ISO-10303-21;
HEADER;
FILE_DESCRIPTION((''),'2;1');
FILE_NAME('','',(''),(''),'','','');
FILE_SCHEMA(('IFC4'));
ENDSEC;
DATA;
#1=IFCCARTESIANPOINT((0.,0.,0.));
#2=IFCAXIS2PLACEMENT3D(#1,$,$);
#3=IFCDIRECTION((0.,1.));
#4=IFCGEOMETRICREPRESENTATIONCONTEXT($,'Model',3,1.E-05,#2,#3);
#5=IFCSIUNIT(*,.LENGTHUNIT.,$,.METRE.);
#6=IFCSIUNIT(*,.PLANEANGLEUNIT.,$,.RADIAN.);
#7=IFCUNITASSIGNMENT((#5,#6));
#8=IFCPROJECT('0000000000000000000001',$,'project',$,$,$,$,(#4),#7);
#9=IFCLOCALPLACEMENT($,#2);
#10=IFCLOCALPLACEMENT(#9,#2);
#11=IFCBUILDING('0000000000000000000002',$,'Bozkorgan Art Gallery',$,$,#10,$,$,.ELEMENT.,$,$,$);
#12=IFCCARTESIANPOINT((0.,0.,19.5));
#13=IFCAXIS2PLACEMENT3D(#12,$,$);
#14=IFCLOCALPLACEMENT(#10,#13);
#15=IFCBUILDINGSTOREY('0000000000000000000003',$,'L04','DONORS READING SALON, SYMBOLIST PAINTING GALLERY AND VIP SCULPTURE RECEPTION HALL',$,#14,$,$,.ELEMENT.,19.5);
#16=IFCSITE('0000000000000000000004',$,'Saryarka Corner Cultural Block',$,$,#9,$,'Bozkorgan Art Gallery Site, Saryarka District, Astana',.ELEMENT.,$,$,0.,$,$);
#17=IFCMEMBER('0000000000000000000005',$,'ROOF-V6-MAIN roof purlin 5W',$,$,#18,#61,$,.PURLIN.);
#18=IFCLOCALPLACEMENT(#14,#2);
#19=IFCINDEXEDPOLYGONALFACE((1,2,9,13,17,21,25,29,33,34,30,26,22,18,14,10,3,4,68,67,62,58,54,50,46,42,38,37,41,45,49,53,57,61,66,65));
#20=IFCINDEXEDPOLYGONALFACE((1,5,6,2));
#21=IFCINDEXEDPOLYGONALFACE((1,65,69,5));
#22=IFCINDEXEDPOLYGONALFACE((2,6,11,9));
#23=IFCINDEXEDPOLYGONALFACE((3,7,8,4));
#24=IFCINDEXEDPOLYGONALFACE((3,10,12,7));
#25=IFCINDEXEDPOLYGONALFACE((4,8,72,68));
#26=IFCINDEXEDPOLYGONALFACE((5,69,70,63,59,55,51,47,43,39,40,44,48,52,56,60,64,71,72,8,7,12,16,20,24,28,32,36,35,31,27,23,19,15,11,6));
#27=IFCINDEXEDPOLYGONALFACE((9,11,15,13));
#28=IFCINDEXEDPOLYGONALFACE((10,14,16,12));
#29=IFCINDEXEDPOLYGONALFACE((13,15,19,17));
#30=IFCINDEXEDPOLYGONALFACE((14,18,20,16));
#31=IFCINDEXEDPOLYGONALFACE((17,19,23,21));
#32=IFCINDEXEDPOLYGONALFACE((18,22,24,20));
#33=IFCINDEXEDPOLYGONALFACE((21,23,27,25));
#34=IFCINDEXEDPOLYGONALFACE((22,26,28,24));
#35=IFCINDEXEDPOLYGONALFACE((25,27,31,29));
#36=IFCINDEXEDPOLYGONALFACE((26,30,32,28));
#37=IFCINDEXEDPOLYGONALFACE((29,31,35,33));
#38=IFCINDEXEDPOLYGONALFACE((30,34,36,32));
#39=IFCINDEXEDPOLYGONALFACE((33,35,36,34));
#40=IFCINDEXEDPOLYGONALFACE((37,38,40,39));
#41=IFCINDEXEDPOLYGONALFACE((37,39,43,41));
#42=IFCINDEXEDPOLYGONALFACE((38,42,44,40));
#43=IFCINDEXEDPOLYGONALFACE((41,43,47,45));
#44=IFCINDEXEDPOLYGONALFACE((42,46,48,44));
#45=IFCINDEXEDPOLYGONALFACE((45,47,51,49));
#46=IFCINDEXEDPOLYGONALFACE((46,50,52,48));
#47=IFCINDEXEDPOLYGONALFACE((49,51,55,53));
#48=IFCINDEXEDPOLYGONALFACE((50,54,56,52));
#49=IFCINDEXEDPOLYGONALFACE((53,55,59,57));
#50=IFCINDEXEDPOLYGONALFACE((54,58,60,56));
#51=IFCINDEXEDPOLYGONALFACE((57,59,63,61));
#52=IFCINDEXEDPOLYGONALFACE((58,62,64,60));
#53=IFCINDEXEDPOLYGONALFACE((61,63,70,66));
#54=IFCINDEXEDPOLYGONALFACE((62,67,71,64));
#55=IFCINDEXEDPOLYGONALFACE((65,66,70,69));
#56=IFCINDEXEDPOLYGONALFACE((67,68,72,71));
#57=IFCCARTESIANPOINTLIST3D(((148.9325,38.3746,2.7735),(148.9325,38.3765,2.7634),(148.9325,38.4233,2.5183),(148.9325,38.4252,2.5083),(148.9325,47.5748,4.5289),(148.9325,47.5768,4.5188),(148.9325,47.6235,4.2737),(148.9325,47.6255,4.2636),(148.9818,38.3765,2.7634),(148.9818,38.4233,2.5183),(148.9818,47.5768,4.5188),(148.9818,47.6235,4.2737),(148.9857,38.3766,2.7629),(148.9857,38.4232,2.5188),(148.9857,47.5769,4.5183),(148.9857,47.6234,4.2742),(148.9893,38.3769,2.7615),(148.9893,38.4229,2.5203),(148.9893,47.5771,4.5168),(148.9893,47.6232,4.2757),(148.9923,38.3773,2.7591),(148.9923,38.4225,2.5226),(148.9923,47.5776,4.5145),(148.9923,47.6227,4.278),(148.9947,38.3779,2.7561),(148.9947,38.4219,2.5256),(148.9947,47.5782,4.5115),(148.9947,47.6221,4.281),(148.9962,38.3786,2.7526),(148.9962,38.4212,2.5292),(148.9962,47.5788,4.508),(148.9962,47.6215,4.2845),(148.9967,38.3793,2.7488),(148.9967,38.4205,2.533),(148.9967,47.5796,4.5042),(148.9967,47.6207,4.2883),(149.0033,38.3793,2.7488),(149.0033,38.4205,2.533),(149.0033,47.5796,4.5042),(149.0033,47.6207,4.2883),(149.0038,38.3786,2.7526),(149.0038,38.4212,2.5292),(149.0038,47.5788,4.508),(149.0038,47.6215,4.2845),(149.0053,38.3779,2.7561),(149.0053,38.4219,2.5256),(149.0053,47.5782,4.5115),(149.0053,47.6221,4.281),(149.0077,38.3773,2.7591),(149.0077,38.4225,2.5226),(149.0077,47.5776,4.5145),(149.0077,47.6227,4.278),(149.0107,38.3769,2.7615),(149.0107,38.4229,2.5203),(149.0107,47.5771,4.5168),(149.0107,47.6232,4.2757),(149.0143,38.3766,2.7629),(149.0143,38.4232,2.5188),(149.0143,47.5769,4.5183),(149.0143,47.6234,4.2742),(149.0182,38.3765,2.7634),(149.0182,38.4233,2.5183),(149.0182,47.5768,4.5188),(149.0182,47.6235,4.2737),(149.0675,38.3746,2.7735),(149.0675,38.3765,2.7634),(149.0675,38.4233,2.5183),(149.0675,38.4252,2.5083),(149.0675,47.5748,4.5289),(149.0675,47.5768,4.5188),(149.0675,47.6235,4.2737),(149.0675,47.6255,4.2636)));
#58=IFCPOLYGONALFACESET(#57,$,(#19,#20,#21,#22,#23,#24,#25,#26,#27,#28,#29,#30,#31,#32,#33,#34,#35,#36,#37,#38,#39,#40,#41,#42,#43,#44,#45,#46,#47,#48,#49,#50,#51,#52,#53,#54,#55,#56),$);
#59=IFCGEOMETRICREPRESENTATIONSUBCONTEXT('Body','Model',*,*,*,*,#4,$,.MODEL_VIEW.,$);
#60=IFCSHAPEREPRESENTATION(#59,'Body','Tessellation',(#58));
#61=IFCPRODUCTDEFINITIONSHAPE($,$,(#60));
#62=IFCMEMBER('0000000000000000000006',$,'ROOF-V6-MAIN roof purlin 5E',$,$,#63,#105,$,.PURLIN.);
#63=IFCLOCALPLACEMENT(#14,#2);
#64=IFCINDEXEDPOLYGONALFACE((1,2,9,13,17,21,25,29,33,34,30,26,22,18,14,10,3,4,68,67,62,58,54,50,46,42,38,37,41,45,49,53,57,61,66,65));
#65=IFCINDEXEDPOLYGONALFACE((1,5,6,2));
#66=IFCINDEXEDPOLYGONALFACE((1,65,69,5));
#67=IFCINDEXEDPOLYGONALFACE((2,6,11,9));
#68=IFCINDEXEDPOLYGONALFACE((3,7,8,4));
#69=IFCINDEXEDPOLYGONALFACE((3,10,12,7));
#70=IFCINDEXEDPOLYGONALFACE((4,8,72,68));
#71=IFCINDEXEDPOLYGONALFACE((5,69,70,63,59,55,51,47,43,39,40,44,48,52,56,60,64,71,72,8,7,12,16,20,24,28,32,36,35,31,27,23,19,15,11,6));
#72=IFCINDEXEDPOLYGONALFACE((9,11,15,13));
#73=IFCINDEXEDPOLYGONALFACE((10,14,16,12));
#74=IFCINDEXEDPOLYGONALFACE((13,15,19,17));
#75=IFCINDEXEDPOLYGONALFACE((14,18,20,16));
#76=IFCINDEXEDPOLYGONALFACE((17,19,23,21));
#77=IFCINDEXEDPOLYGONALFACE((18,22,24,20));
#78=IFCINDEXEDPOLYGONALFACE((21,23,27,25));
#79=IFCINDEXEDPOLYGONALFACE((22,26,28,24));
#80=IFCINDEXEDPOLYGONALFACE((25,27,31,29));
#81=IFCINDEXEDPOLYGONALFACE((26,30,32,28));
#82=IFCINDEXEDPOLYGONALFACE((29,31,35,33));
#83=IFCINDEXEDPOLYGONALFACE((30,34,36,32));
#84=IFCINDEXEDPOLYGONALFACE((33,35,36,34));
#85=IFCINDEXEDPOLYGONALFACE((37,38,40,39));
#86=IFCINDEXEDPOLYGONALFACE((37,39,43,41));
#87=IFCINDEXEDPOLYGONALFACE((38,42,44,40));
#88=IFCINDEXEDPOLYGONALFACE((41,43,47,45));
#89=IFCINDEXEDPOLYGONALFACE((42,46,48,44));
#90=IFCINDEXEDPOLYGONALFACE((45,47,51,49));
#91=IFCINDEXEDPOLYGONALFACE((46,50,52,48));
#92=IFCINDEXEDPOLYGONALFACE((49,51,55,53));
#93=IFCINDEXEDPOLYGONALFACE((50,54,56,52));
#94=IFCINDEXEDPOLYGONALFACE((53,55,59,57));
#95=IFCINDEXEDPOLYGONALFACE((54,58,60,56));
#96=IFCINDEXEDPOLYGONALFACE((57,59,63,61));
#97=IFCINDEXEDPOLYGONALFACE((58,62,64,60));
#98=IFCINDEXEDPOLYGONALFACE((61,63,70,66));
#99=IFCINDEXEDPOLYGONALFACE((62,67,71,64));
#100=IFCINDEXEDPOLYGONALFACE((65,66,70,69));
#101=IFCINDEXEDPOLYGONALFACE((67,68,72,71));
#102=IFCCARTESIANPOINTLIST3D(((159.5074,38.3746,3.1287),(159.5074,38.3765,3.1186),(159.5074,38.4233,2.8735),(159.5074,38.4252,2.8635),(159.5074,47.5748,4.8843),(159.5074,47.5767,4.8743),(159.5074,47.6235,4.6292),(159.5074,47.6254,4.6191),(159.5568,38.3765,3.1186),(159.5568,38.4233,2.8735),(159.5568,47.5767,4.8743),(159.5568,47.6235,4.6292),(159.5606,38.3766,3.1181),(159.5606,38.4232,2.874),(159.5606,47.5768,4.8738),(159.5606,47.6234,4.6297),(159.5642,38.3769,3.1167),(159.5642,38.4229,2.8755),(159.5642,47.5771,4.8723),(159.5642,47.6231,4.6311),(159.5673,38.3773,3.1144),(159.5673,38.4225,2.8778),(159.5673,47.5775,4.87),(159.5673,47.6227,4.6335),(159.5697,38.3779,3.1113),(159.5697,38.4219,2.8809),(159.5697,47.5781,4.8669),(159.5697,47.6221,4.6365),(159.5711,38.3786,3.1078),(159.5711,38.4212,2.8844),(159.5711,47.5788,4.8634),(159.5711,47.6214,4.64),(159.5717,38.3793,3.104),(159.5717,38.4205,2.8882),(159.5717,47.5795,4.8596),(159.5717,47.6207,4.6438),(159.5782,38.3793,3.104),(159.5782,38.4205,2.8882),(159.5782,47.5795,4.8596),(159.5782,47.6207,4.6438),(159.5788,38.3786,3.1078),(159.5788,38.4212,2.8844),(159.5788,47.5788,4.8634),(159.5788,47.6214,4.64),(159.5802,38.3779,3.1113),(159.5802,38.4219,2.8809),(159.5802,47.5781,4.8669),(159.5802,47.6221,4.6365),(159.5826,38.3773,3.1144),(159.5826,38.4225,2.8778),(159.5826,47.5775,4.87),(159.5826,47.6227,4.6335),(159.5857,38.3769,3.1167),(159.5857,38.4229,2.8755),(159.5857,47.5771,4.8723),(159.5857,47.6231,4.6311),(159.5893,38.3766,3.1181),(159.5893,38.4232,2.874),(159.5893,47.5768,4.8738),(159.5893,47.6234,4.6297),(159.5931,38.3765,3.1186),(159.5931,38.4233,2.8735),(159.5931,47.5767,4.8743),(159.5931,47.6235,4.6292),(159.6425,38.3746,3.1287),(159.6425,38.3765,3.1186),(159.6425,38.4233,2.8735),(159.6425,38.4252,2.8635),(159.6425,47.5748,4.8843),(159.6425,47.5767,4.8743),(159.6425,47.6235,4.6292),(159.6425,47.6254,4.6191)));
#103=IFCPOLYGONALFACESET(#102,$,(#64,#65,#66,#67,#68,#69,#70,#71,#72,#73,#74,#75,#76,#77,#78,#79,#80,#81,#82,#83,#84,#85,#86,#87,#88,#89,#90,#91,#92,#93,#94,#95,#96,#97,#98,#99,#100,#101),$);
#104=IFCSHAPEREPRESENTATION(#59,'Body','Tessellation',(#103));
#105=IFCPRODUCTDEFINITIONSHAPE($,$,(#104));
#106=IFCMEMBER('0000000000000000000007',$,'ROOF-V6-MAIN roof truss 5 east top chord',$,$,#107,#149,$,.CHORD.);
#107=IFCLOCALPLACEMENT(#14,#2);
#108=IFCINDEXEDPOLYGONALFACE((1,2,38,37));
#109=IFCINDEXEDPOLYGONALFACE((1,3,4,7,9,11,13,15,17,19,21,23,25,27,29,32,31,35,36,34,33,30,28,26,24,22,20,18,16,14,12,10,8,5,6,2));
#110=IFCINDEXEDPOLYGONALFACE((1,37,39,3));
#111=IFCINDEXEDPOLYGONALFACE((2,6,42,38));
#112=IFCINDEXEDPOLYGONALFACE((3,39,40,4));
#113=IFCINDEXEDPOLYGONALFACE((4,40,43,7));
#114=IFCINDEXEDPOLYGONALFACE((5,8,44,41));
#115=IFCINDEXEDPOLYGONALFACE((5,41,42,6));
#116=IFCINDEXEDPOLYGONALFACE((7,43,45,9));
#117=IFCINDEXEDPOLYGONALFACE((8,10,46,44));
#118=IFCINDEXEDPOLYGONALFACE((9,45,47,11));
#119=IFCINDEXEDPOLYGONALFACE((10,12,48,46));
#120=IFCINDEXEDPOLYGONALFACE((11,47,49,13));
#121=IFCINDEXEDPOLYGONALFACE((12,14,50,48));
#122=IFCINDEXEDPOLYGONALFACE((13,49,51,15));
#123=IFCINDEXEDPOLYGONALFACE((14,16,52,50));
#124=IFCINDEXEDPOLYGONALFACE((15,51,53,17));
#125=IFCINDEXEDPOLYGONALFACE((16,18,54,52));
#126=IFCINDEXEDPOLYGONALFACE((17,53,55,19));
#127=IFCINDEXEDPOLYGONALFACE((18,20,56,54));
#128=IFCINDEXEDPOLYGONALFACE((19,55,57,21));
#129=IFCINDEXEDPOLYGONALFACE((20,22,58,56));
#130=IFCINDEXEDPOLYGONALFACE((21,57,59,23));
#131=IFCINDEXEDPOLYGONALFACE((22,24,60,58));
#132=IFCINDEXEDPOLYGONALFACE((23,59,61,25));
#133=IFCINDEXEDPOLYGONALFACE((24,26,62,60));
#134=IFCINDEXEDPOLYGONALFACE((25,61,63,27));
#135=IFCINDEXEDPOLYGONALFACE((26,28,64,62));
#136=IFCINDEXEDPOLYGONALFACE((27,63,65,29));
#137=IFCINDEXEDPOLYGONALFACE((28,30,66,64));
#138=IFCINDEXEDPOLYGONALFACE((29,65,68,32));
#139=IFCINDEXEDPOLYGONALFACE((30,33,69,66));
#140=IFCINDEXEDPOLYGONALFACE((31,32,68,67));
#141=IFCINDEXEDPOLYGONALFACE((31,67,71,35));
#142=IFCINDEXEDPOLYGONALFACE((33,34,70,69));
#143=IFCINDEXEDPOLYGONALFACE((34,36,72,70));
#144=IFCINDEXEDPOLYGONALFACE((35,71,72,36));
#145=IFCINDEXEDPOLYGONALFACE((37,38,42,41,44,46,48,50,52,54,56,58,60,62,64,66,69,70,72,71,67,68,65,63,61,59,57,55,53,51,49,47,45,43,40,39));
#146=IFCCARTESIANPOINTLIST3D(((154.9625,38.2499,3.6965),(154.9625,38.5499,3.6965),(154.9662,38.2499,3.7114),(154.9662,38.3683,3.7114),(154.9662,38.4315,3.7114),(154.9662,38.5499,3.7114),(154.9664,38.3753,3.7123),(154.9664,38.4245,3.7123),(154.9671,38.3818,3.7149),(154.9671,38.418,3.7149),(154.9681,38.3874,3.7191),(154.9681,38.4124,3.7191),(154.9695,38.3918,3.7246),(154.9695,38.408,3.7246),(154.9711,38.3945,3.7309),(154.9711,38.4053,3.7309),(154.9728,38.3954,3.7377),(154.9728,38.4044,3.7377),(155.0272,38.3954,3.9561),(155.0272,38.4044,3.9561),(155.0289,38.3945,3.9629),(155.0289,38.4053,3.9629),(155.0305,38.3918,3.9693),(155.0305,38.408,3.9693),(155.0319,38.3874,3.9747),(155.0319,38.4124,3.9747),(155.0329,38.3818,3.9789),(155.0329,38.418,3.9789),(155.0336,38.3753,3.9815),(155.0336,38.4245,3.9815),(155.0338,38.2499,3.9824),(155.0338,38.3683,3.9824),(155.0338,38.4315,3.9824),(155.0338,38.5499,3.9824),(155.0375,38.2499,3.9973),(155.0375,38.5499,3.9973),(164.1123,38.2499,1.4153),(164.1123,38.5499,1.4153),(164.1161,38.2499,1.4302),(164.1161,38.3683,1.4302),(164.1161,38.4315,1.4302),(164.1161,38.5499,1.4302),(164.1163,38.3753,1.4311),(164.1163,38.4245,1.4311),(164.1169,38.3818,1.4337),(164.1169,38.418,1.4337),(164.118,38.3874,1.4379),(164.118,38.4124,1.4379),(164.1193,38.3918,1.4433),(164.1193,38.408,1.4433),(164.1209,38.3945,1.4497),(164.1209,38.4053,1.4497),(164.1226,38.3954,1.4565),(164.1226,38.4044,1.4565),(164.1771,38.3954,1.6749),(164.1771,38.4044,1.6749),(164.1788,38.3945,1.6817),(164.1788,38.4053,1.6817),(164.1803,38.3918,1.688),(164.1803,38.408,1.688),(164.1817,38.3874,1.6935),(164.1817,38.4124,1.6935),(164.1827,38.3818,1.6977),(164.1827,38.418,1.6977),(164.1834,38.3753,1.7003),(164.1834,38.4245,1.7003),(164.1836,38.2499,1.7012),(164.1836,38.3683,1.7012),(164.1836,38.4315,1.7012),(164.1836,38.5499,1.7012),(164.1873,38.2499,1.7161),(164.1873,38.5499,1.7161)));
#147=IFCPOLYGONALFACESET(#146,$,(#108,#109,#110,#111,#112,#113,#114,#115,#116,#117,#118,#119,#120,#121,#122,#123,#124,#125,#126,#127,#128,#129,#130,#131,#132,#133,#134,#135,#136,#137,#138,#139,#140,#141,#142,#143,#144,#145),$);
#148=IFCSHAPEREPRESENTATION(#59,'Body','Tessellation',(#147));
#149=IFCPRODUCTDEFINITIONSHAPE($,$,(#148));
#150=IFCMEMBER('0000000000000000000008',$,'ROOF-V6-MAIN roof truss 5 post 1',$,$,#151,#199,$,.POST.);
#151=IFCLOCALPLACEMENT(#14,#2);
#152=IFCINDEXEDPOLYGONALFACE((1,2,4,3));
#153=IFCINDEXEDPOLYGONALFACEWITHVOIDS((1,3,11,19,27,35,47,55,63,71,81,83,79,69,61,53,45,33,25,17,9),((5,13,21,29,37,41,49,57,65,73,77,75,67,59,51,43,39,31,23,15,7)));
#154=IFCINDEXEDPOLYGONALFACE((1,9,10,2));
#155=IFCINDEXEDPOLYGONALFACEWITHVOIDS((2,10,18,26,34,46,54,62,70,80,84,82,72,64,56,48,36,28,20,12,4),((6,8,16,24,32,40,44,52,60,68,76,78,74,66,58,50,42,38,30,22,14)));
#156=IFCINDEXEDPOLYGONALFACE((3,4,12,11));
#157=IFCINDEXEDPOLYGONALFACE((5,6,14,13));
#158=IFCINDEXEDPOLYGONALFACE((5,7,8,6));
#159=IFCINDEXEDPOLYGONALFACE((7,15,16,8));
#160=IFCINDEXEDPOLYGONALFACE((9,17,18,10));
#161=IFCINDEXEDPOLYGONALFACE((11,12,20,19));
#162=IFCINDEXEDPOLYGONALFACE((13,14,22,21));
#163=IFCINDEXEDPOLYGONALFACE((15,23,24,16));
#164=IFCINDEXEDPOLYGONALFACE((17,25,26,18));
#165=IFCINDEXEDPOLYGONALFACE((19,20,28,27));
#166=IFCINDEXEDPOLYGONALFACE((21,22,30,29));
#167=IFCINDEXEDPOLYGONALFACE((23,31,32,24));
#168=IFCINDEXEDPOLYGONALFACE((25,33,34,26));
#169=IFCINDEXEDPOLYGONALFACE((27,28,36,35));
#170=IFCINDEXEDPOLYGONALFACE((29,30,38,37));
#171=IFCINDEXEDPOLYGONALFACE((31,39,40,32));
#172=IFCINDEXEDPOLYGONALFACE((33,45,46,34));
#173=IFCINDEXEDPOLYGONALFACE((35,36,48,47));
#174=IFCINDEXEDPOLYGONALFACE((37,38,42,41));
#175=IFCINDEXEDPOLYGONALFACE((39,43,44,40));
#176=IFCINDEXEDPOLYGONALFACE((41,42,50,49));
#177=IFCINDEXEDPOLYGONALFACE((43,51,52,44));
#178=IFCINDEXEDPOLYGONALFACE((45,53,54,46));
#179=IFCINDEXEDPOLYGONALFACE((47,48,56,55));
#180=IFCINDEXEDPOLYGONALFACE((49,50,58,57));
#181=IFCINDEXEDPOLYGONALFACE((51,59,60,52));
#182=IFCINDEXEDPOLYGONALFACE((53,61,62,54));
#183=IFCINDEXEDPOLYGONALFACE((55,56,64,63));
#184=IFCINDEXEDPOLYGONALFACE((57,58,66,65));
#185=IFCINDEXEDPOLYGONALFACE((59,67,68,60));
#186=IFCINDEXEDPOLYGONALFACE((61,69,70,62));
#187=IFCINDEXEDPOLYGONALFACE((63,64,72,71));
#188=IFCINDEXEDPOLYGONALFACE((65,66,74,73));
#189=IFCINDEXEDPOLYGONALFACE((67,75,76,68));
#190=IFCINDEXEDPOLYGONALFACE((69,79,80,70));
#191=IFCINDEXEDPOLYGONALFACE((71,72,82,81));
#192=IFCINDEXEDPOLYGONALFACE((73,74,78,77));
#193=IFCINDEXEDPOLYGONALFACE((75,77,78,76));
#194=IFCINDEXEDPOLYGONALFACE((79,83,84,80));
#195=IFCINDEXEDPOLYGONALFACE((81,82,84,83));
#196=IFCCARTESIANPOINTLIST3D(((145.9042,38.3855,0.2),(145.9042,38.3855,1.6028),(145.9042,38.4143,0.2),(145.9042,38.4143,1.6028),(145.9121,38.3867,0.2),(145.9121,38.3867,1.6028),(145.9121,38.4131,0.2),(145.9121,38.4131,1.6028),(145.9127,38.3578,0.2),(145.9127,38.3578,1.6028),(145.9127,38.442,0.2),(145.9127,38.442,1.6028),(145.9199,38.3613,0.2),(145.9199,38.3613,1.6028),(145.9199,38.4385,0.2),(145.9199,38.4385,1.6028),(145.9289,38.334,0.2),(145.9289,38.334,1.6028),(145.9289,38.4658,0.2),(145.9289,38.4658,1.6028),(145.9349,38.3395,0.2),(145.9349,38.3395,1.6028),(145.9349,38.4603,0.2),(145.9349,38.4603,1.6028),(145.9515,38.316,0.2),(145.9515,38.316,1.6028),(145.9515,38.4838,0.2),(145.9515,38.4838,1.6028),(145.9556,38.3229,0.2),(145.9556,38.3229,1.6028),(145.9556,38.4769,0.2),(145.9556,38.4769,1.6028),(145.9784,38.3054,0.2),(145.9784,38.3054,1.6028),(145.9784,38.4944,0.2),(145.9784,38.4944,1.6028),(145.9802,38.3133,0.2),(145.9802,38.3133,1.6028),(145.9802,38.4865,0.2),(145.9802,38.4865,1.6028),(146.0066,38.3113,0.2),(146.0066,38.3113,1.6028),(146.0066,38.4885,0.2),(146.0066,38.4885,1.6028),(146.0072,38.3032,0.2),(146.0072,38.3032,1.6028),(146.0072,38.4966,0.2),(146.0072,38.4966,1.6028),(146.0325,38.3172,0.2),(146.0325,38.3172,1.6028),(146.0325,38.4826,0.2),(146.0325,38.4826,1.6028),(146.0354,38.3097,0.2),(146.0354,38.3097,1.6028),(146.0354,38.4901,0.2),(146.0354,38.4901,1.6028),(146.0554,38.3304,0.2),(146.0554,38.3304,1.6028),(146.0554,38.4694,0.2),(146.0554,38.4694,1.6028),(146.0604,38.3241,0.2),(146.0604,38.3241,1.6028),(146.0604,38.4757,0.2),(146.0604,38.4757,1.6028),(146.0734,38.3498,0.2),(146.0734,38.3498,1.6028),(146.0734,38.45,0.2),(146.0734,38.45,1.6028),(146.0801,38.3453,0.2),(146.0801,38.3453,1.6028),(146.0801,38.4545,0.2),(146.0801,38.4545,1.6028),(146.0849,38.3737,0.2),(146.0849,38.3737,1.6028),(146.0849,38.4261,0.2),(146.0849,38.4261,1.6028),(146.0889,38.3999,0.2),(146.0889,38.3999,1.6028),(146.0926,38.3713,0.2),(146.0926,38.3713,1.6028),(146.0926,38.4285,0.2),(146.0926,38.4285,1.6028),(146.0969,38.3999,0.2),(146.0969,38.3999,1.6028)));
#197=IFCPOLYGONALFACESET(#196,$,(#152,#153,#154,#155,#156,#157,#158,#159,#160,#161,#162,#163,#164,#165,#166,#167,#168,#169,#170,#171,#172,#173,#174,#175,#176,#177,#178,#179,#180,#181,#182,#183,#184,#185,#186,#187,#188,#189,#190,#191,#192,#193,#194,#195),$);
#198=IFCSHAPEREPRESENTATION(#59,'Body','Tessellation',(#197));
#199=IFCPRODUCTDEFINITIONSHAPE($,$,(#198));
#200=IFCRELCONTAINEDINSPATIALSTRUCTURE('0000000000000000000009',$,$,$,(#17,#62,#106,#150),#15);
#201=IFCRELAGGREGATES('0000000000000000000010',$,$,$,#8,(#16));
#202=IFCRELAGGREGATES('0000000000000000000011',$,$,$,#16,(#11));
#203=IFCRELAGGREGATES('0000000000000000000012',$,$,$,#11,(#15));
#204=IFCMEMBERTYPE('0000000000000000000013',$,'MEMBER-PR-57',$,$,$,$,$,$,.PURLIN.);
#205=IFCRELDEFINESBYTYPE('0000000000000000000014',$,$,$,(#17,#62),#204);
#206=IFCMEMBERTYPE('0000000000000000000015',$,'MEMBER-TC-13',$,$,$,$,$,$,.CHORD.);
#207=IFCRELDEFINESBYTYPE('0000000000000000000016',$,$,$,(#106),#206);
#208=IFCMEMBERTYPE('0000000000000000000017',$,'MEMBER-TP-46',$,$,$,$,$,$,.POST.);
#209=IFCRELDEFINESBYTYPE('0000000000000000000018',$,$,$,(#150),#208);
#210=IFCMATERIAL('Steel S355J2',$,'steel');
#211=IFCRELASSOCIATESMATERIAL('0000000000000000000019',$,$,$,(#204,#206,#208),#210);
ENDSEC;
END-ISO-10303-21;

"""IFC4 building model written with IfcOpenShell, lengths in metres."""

from ifc_helpers import new_model, si_unit, direction, frame, origin, origin_2d, place, context, subcontext, project, spatial, hollow_circle, i_section, extrude, material, material_profile, profile_set, type_object, element, save


model = new_model("IFC4")

# Units and contexts
model_context = context("Model", 3, precision=1e-05, world=origin(), true_north=direction((0.0, 1.0)))
body_context = subcontext(model_context, "Body", "Model", "MODEL_VIEW")
ifc_project = project(units=[si_unit("LENGTHUNIT", "METRE"), si_unit("PLANEANGLEUNIT", "RADIAN")], contexts=[model_context])

# Site, building, storey
site_placement = place(None, origin())
site = spatial("IfcSite", under=ifc_project, at=site_placement, Name="Saryarka Corner Cultural Block", LongName="Bozkorgan Art Gallery Site, Saryarka District, Astana", CompositionType="ELEMENT", RefElevation=0.0)
building_placement = place(site_placement, origin())
building = spatial("IfcBuilding", under=site, at=building_placement, Name="Bozkorgan Art Gallery", CompositionType="ELEMENT")
storey_placement = place(building_placement, frame((0.0, 0.0, 19.5)))
storey = spatial("IfcBuildingStorey", under=building, at=storey_placement, Name="L04", Description="DONORS READING SALON, SYMBOLIST PAINTING GALLERY AND VIP SCULPTURE RECEPTION HALL", CompositionType="ELEMENT", Elevation=19.5)

# Members
ifc_material_1 = material(Name="Steel S355J2", Category="steel")
ifc_material_profile_1 = material_profile(ifc_material_1, i_section(OverallWidth=0.135, OverallDepth=0.27, WebThickness=0.0066, FlangeThickness=0.0103, FilletRadius=0.0149, at=origin_2d()), Name="IPE 270")
ifc_profile_set_1 = profile_set([ifc_material_profile_1], Name="Steel S355J2")
member_type_1 = type_object("IfcMemberType", Name="MEMBER-PR-57", PredefinedType="PURLIN", material=ifc_profile_set_1)
for number, where, z_axis, x_axis, name in (
    (1, (149.0, 38.3999, 2.6409), (0.0, 0.982281, 0.187416), (-1.0, 0.0, 0.0), "ROOF-V6-MAIN roof purlin 5W"),
    (2, (159.575, 38.3999, 2.9961), (0.0, 0.982276, 0.187441), (-1.0, 0.0, 0.0), "ROOF-V6-MAIN roof purlin 5E"),
):
    element("IfcMember", number, at=place(storey_placement, frame(where, z_axis=z_axis, x_axis=x_axis)), inside=storey, type_object=member_type_1, Name=name, PredefinedType="PURLIN", context=body_context, shape_type="SweptSolid", body=[
        extrude(i_section(OverallWidth=0.135, OverallDepth=0.27, WebThickness=0.0066, FlangeThickness=0.0103, FilletRadius=0.0149, at=origin_2d()), origin(), (0.0, 0.0, 1.0), 9.3662),
    ])
ifc_material_profile_2 = material_profile(ifc_material_1, i_section(OverallWidth=0.3, OverallDepth=0.3101, WebThickness=0.009, FlangeThickness=0.0154, FilletRadius=0.0271, at=origin_2d()), Name="HEA 320")
ifc_profile_set_2 = profile_set([ifc_material_profile_2], Name="Steel S355J2")
member_type_2 = type_object("IfcMemberType", Name="MEMBER-TC-13", PredefinedType="CHORD", material=ifc_profile_set_2)
member_1_placement = place(storey_placement, frame((155.0, 38.3999, 3.8469), z_axis=(0.970298, 0.0, -0.241914), x_axis=(0.0, 1.0, 0.0)))
element("IfcMember", 3, at=member_1_placement, inside=storey, type_object=member_type_2, Name="ROOF-V6-MAIN roof truss 5 east top chord", PredefinedType="CHORD", context=body_context, shape_type="SweptSolid", body=[
    extrude(i_section(OverallWidth=0.3, OverallDepth=0.3101, WebThickness=0.009, FlangeThickness=0.0154, FilletRadius=0.0271, at=origin_2d()), origin(), (0.0, 0.0, 1.0), 9.4299),
])
ifc_material_profile_3 = material_profile(ifc_material_1, hollow_circle(Radius=0.0969, WallThickness=0.0081, at=origin_2d()), Name="CHS 193.7x8")
ifc_profile_set_3 = profile_set([ifc_material_profile_3], Name="Steel S355J2")
member_type_3 = type_object("IfcMemberType", Name="MEMBER-TP-46", PredefinedType="POST", material=ifc_profile_set_3)
member_2_placement = place(storey_placement, frame((146.0, 38.3999, 0.2), z_axis=(0.0, 0.0, 1.0), x_axis=(1.0, 0.0, 0.0)))
element("IfcMember", 4, at=member_2_placement, inside=storey, type_object=member_type_3, Name="ROOF-V6-MAIN roof truss 5 post 1", PredefinedType="POST", context=body_context, shape_type="SweptSolid", body=[
    extrude(hollow_circle(Radius=0.0969, WallThickness=0.0081, at=origin_2d()), origin(), (0.0, 0.0, 1.0), 1.4028),
])

save(model, "model.ifc")
